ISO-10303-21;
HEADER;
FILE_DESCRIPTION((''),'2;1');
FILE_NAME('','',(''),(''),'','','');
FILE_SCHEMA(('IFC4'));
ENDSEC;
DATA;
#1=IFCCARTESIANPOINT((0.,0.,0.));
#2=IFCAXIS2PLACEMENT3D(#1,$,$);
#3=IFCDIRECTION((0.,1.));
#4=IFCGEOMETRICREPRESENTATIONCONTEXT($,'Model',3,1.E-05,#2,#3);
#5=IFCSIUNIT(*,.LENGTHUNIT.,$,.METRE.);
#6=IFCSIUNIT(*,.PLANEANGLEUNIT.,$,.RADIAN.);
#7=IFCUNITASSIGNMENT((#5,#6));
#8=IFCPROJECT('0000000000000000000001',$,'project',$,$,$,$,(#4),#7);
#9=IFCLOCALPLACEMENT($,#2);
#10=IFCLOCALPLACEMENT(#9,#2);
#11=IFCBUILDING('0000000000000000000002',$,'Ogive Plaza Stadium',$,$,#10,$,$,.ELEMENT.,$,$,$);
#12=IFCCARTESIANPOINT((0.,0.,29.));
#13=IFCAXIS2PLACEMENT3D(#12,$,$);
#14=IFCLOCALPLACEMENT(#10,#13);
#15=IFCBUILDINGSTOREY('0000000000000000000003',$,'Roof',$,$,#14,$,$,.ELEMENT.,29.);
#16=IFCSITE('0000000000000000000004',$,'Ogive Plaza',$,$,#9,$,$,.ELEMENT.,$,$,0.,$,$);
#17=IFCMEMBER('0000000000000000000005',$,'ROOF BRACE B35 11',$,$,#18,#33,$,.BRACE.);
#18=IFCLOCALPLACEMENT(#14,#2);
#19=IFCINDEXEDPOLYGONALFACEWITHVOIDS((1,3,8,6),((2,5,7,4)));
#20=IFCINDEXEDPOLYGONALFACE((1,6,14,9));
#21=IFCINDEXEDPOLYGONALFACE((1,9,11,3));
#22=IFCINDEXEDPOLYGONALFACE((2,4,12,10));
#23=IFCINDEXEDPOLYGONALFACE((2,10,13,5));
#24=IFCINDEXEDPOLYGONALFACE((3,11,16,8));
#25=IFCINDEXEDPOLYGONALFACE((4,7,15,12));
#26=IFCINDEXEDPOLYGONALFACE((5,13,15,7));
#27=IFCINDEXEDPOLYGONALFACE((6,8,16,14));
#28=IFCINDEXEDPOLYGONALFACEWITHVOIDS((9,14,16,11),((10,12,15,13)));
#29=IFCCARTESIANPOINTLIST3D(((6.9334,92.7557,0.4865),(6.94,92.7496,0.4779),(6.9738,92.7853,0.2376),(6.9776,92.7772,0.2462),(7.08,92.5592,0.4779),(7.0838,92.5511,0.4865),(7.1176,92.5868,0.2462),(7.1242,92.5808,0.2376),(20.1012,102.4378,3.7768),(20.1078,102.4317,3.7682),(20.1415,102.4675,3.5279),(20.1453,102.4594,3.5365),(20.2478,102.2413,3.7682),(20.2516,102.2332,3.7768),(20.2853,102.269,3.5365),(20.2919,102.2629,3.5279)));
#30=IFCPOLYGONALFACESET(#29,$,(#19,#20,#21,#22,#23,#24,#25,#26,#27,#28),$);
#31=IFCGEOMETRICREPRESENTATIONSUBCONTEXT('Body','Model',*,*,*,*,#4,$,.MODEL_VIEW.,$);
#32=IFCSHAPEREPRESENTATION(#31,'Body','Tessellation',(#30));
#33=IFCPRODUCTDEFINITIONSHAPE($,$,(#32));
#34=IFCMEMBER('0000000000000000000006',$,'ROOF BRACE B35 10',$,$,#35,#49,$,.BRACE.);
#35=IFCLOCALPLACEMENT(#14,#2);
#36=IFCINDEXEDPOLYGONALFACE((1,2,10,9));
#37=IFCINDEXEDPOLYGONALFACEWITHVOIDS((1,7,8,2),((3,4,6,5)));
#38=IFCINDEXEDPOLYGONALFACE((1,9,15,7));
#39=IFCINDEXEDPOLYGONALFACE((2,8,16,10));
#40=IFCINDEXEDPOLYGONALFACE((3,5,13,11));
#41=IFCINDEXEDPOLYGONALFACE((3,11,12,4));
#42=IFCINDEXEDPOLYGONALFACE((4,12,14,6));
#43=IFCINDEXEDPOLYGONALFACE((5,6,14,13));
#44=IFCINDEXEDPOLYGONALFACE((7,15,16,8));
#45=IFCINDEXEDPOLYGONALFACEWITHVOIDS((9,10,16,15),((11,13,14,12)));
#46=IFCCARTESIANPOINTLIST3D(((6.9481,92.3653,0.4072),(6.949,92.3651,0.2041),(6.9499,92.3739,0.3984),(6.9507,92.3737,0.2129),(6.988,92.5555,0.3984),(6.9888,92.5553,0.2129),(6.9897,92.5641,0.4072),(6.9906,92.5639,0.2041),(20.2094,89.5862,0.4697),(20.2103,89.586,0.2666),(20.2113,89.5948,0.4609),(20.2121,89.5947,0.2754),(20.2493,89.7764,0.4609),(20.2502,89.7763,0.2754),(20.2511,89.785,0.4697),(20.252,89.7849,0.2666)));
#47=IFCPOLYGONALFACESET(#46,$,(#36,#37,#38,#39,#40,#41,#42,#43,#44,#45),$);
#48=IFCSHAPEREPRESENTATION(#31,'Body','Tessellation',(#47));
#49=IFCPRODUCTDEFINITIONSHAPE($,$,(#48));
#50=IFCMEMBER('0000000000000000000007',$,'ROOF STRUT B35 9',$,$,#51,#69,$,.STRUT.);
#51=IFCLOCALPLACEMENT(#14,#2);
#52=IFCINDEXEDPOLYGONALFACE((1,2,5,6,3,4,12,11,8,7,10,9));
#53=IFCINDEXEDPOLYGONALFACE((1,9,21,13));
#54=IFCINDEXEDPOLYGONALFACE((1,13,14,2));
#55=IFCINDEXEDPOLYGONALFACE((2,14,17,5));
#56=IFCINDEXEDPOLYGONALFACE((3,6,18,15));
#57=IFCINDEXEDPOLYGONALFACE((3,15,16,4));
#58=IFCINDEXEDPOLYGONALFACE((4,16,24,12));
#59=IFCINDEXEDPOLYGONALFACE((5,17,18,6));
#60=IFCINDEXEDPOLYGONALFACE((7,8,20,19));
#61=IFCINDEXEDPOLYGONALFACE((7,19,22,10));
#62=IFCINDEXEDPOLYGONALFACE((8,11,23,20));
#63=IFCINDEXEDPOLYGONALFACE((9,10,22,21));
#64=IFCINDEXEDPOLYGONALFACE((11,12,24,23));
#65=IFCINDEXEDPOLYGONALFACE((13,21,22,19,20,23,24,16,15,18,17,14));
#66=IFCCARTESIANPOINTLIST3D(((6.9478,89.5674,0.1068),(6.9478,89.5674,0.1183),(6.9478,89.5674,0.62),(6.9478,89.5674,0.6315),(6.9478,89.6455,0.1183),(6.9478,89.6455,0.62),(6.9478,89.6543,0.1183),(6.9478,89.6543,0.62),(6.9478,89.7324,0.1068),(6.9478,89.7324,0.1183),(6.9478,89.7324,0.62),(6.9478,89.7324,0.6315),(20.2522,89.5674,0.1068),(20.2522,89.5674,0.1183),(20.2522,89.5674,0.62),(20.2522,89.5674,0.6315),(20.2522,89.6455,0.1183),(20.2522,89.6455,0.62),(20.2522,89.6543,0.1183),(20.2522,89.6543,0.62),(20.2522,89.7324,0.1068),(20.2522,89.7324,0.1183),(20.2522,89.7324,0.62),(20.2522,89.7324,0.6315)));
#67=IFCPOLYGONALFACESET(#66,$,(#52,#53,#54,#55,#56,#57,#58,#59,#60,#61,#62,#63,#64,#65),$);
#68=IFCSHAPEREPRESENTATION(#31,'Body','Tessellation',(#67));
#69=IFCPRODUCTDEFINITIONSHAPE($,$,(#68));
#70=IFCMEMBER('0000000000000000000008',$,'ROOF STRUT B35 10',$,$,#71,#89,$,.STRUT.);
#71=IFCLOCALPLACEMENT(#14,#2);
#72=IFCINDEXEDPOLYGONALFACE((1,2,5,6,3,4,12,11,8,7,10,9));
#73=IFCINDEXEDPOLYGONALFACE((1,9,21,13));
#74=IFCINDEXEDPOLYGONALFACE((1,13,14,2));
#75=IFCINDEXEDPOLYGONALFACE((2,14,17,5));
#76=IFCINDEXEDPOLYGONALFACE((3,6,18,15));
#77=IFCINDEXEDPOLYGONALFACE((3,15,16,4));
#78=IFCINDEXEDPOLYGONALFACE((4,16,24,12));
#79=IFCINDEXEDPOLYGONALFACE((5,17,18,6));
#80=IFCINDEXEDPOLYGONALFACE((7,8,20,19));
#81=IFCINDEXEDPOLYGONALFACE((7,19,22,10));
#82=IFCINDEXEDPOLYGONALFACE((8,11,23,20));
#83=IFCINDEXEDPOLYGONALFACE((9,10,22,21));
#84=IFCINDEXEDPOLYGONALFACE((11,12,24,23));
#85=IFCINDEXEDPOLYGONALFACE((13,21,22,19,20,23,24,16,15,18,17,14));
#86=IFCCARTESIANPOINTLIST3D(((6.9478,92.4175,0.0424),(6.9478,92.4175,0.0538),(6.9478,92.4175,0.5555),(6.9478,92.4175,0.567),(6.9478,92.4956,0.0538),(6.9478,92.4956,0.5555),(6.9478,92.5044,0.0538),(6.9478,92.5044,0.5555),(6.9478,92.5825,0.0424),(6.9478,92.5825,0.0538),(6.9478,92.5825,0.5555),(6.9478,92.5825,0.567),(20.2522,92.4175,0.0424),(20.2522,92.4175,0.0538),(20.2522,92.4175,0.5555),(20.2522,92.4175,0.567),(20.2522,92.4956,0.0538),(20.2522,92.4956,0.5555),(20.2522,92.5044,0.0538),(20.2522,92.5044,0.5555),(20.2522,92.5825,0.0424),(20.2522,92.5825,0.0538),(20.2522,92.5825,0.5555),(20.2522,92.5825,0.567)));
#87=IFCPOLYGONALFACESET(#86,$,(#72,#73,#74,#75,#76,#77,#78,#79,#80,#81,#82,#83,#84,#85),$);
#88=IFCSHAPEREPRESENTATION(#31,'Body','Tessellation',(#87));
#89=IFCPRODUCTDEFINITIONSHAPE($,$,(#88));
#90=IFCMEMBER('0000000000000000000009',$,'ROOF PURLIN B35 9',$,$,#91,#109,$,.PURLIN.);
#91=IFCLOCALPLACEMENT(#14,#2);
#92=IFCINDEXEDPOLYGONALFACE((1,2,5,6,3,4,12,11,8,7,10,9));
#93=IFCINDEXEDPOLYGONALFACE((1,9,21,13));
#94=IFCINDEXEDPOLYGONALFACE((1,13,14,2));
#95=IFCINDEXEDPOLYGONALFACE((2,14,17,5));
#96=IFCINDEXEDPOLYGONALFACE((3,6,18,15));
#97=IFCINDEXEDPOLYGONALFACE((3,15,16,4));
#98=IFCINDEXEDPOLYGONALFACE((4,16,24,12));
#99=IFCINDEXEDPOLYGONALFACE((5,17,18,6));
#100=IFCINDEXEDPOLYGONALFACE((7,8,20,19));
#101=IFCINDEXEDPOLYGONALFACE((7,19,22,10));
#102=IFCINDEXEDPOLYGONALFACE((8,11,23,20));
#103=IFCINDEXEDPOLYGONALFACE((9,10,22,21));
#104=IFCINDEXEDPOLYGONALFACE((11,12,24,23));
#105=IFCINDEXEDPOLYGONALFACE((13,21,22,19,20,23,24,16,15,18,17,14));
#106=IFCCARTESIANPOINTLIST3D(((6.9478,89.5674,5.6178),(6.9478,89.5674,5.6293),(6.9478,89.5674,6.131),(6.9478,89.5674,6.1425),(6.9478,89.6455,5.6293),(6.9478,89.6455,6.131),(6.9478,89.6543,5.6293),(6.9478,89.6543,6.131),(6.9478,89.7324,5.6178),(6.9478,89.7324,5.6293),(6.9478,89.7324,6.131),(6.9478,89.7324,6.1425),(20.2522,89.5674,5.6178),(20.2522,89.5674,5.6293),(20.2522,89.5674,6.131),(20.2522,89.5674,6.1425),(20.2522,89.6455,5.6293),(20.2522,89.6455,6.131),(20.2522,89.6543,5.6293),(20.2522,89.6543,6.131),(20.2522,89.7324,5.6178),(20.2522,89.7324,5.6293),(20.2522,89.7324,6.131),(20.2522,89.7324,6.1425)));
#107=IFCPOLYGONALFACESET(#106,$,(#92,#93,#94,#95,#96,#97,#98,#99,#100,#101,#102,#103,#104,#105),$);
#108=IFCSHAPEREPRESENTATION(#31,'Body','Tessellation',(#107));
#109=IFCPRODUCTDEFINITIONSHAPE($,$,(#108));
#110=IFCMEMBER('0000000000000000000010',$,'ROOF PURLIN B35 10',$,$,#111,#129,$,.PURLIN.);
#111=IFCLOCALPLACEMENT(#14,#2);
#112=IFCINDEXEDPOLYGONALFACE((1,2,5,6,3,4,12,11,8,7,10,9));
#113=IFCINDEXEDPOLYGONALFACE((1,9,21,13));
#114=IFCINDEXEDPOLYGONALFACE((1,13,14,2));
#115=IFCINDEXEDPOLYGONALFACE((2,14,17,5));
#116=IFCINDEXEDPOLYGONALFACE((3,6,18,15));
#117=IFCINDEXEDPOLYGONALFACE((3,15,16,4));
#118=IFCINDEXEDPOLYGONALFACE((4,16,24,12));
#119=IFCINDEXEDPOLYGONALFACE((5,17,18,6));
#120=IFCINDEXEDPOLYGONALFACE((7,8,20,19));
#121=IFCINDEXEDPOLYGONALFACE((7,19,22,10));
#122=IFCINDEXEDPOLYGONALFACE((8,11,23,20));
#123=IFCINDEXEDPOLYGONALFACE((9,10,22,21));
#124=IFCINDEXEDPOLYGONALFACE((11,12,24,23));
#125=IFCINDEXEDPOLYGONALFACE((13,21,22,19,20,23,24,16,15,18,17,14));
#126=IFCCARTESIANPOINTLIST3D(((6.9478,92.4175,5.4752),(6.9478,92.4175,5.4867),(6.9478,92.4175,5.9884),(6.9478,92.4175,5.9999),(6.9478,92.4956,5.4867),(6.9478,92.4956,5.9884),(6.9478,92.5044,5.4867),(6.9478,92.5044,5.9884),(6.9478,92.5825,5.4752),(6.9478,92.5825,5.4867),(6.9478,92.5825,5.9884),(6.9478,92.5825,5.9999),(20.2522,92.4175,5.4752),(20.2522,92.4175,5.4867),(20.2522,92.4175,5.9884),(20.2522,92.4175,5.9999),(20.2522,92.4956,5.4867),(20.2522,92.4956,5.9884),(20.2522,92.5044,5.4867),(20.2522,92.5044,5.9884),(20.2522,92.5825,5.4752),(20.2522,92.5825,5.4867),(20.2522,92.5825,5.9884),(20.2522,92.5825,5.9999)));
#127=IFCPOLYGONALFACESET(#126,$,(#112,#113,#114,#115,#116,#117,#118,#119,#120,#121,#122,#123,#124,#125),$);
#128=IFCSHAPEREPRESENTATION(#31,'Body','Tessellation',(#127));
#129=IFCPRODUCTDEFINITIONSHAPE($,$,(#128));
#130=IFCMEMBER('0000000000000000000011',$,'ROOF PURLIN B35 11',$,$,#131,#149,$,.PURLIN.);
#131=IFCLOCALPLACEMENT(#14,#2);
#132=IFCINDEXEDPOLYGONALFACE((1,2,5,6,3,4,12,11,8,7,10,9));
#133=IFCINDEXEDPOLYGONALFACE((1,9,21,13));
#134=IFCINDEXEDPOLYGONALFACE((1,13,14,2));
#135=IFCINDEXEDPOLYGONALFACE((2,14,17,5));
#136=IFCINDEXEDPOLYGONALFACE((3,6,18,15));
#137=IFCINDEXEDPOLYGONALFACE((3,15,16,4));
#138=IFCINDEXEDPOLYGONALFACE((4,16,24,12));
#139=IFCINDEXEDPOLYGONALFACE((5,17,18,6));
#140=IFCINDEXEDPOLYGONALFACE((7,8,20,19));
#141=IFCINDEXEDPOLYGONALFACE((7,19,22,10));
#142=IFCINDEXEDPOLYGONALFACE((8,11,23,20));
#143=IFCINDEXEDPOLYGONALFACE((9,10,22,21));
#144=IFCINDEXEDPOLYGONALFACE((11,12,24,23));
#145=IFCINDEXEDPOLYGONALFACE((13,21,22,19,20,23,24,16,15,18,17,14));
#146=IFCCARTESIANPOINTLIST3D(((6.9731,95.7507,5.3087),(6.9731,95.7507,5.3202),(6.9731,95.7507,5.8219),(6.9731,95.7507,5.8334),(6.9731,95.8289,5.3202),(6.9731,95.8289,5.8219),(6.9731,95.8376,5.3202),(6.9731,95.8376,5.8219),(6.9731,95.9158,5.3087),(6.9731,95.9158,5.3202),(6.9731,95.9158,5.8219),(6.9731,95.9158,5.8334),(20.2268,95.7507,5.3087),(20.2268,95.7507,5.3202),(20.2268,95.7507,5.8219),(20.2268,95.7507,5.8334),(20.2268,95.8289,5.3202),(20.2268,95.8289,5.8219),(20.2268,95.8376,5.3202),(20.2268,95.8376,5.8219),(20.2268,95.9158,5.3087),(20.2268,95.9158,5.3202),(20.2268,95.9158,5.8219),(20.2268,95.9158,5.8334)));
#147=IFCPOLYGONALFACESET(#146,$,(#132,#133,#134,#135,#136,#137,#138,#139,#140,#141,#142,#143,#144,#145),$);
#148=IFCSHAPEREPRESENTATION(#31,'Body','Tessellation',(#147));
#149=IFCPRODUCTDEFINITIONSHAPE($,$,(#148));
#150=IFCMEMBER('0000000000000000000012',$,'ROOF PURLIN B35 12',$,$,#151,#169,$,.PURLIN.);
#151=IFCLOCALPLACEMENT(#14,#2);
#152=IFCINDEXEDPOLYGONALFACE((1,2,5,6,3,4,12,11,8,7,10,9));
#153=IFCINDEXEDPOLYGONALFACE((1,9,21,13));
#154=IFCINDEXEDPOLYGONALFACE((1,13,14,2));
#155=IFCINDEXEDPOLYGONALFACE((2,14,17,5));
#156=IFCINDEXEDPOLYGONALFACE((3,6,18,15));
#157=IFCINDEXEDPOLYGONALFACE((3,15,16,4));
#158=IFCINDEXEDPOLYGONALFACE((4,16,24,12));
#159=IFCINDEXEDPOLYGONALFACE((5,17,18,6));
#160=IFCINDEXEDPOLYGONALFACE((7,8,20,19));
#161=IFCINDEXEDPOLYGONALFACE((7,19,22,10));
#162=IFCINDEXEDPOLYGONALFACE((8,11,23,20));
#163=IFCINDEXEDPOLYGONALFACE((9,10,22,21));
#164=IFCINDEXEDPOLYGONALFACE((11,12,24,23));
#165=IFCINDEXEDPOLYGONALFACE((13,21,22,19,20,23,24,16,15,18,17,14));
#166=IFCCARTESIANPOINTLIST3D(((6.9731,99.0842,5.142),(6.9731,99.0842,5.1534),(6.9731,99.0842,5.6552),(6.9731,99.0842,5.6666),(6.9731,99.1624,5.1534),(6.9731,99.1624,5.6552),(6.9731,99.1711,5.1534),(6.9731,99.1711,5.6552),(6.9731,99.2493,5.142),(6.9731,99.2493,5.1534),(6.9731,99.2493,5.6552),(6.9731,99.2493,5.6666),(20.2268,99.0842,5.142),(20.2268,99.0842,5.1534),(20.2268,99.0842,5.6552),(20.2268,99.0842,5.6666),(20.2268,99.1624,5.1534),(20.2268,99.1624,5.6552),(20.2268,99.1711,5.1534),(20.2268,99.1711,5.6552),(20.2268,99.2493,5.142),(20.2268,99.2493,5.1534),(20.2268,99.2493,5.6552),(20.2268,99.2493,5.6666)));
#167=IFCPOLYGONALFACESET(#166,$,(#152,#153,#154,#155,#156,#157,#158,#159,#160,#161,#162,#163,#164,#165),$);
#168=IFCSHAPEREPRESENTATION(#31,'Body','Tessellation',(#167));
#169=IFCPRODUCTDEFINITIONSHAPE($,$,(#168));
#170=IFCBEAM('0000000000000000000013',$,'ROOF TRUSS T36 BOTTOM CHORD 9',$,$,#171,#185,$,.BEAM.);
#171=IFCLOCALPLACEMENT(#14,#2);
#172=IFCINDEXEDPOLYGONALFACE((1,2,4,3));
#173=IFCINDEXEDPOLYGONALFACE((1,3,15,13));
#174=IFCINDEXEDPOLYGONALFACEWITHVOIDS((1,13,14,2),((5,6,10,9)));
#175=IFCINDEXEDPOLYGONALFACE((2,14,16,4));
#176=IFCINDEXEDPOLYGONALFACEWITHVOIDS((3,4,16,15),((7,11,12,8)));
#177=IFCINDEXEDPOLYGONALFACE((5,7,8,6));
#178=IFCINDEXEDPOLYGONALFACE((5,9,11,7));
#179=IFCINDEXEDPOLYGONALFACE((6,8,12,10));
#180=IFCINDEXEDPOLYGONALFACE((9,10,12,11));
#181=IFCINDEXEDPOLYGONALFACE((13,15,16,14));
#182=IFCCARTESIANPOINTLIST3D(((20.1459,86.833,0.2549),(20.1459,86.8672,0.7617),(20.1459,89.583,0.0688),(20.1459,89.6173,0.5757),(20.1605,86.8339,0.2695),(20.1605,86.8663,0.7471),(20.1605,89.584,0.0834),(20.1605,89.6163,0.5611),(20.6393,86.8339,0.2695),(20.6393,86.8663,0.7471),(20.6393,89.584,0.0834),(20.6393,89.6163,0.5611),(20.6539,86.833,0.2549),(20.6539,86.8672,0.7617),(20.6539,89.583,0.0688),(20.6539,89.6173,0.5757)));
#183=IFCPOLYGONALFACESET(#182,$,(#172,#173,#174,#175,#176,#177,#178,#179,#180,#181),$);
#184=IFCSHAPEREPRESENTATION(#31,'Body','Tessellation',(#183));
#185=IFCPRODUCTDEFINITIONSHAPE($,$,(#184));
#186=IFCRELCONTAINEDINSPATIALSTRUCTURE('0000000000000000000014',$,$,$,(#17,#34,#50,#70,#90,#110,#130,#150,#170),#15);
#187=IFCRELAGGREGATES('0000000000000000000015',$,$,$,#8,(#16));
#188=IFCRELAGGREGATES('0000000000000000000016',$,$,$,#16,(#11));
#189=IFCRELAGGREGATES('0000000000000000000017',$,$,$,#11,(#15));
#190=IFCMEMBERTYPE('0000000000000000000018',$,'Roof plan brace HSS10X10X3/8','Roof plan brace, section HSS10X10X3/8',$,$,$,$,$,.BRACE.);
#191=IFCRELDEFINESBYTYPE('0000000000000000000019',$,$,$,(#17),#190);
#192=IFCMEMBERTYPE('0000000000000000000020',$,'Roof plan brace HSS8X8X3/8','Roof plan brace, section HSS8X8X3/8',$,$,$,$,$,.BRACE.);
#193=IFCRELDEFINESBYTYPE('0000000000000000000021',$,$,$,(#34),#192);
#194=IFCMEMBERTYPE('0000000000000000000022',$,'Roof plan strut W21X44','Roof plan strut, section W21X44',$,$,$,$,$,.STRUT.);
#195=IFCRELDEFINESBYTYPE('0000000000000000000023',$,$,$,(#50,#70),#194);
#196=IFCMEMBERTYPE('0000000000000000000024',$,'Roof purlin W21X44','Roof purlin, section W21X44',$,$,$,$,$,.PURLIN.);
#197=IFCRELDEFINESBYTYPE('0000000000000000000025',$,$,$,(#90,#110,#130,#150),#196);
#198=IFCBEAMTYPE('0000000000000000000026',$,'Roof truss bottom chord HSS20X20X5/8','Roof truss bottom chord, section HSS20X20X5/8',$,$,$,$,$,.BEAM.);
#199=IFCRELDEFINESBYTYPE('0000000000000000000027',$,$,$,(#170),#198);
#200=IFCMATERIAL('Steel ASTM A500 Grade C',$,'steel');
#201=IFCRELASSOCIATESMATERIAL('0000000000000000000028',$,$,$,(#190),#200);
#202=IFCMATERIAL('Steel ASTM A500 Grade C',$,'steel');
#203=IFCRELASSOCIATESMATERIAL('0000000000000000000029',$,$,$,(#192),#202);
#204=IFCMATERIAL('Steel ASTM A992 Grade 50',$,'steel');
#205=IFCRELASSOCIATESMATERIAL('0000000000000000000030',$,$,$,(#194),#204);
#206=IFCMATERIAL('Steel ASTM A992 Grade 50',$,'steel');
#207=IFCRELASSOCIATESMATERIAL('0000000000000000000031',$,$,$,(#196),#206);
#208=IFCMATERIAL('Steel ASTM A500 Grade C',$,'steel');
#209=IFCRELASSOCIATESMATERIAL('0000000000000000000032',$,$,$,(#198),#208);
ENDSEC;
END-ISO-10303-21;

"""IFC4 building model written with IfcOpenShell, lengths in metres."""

from ifc_helpers import new_model, si_unit, direction, frame, origin, origin_2d, place, context, subcontext, project, spatial, hollow_rectangle, i_section, extrude, material, material_profile, profile_set, type_object, element, save


model = new_model("IFC4")

# Units and contexts
model_context = context("Model", 3, precision=1e-05, world=origin(), true_north=direction((0.0, 1.0)))
body_context = subcontext(model_context, "Body", "Model", "MODEL_VIEW")
ifc_project = project(units=[si_unit("LENGTHUNIT", "METRE"), si_unit("PLANEANGLEUNIT", "RADIAN")], contexts=[model_context])

# Site, building, storey
site_placement = place(None, origin())
site = spatial("IfcSite", under=ifc_project, at=site_placement, Name="Ogive Plaza", CompositionType="ELEMENT", RefElevation=0.0)
building_placement = place(site_placement, origin())
building = spatial("IfcBuilding", under=site, at=building_placement, Name="Ogive Plaza Stadium", CompositionType="ELEMENT")
storey_placement = place(building_placement, frame((0.0, 0.0, 29.0)))
storey = spatial("IfcBuildingStorey", under=building, at=storey_placement, Name="Roof", CompositionType="ELEMENT", Elevation=29.0)

# Members
ifc_material_1 = material(Name="Steel ASTM A500 Grade C", Category="steel")
ifc_material_profile_1 = material_profile(ifc_material_1, hollow_rectangle(XDim=0.2539, YDim=0.2539, WallThickness=0.0088, at=origin_2d()), Name="HSS10X10X3/8")
ifc_profile_set_1 = profile_set([ifc_material_profile_1], Name="Steel ASTM A500 Grade C")
member_type_1 = type_object("IfcMemberType", Name="Roof plan brace HSS10X10X3/8", Description="Roof plan brace, section HSS10X10X3/8", PredefinedType="BRACE", material=ifc_profile_set_1)
member_1_placement = place(storey_placement, frame((7.0288, 92.6682, 0.3621), z_axis=(0.789807, 0.580739, 0.197353), x_axis=(-0.59239, 0.805652, 0.0)))
element("IfcMember", 1, at=member_1_placement, inside=storey, type_object=member_type_1, Name="ROOF BRACE B35 11", PredefinedType="BRACE", context=body_context, shape_type="SweptSolid", body=[
    extrude(hollow_rectangle(XDim=0.2539, YDim=0.2539, WallThickness=0.0088, at=origin_2d()), origin(), (0.0, 0.0, 1.0), 16.6721),
])
ifc_material_2 = material(Name="Steel ASTM A500 Grade C", Category="steel")
ifc_material_profile_2 = material_profile(ifc_material_2, hollow_rectangle(XDim=0.2031, YDim=0.2031, WallThickness=0.0088, at=origin_2d()), Name="HSS8X8X3/8")
ifc_profile_set_2 = profile_set([ifc_material_profile_2], Name="Steel ASTM A500 Grade C")
member_type_2 = type_object("IfcMemberType", Name="Roof plan brace HSS8X8X3/8", Description="Roof plan brace, section HSS8X8X3/8", PredefinedType="BRACE", material=ifc_profile_set_2)
member_2_placement = place(storey_placement, frame((20.2307, 89.6855, 0.3682), z_axis=(-0.97873, 0.205101, -0.004613), x_axis=(-0.205103, -0.97874, 0.0)))
element("IfcMember", 2, at=member_2_placement, inside=storey, type_object=member_type_2, Name="ROOF BRACE B35 10", PredefinedType="BRACE", context=body_context, shape_type="SweptSolid", body=[
    extrude(hollow_rectangle(XDim=0.2031, YDim=0.2031, WallThickness=0.0088, at=origin_2d()), origin(), (0.0, 0.0, 1.0), 13.5496),
])
ifc_material_3 = material(Name="Steel ASTM A992 Grade 50", Category="steel")
ifc_material_profile_3 = material_profile(ifc_material_3, i_section(OverallWidth=0.165, OverallDepth=0.5247, WebThickness=0.0088, FlangeThickness=0.0115, at=origin_2d()), Name="W21X44")
ifc_profile_set_3 = profile_set([ifc_material_profile_3], Name="Steel ASTM A992 Grade 50")
member_type_3 = type_object("IfcMemberType", Name="Roof plan strut W21X44", Description="Roof plan strut, section W21X44", PredefinedType="STRUT", material=ifc_profile_set_3)
for number, where, z_axis, x_axis, name in (
    (3, (6.9478, 89.6499, 0.3691), (1.0, 0.0, 0.0), (0.0, 1.0, 0.0), "ROOF STRUT B35 9"),
    (4, (6.9478, 92.5, 0.3047), (1.0, 0.0, 0.0), (0.0, 1.0, 0.0), "ROOF STRUT B35 10"),
):
    element("IfcMember", number, at=place(storey_placement, frame(where, z_axis=z_axis, x_axis=x_axis)), inside=storey, type_object=member_type_3, Name=name, PredefinedType="STRUT", context=body_context, shape_type="SweptSolid", body=[
        extrude(i_section(OverallWidth=0.165, OverallDepth=0.5247, WebThickness=0.0088, FlangeThickness=0.0115, at=origin_2d()), origin(), (0.0, 0.0, 1.0), 13.3044),
    ])
ifc_material_4 = material(Name="Steel ASTM A992 Grade 50", Category="steel")
ifc_material_profile_4 = material_profile(ifc_material_4, i_section(OverallWidth=0.165, OverallDepth=0.5247, WebThickness=0.0088, FlangeThickness=0.0115, at=origin_2d()), Name="W21X44")
ifc_profile_set_4 = profile_set([ifc_material_profile_4], Name="Steel ASTM A992 Grade 50")
member_type_4 = type_object("IfcMemberType", Name="Roof purlin W21X44", Description="Roof purlin, section W21X44", PredefinedType="PURLIN", material=ifc_profile_set_4)
for number, where, z_axis, x_axis, name in (
    (5, (6.9478, 89.6499, 5.8801), (1.0, 0.0, 0.0), (0.0, 1.0, 0.0), "ROOF PURLIN B35 9"),
    (6, (6.9478, 92.5, 5.7375), (1.0, 0.0, 0.0), (0.0, 1.0, 0.0), "ROOF PURLIN B35 10"),
):
    element("IfcMember", number, at=place(storey_placement, frame(where, z_axis=z_axis, x_axis=x_axis)), inside=storey, type_object=member_type_4, Name=name, PredefinedType="PURLIN", context=body_context, shape_type="SweptSolid", body=[
        extrude(i_section(OverallWidth=0.165, OverallDepth=0.5247, WebThickness=0.0088, FlangeThickness=0.0115, at=origin_2d()), origin(), (0.0, 0.0, 1.0), 13.3044),
    ])
for number, where, z_axis, x_axis, name in (
    (7, (6.9731, 95.8333, 5.571), (1.0, 0.0, 0.0), (0.0, 1.0, 0.0), "ROOF PURLIN B35 11"),
    (8, (6.9731, 99.1667, 5.4043), (1.0, 0.0, 0.0), (0.0, 1.0, 0.0), "ROOF PURLIN B35 12"),
):
    element("IfcMember", number, at=place(storey_placement, frame(where, z_axis=z_axis, x_axis=x_axis)), inside=storey, type_object=member_type_4, Name=name, PredefinedType="PURLIN", context=body_context, shape_type="SweptSolid", body=[
        extrude(i_section(OverallWidth=0.165, OverallDepth=0.5247, WebThickness=0.0088, FlangeThickness=0.0115, at=origin_2d()), origin(), (0.0, 0.0, 1.0), 13.2537),
    ])

# Beam
ifc_material_5 = material(Name="Steel ASTM A500 Grade C", Category="steel")
ifc_material_profile_5 = material_profile(ifc_material_5, hollow_rectangle(XDim=0.5081, YDim=0.5081, WallThickness=0.0146, at=origin_2d()), Name="HSS20X20X5/8")
ifc_profile_set_5 = profile_set([ifc_material_profile_5], Name="Steel ASTM A500 Grade C")
beam_type_1 = type_object("IfcBeamType", Name="Roof truss bottom chord HSS20X20X5/8", Description="Roof truss bottom chord, section HSS20X20X5/8", PredefinedType="BEAM", material=ifc_profile_set_5)
beam_1_placement = place(storey_placement, frame((20.3999, 86.8501, 0.5083), z_axis=(0.0, 0.99772, -0.067495), x_axis=(-1.0, 0.0, 0.0)))
element("IfcBeam", 9, at=beam_1_placement, inside=storey, type_object=beam_type_1, Name="ROOF TRUSS T36 BOTTOM CHORD 9", PredefinedType="BEAM", context=body_context, shape_type="SweptSolid", body=[
    extrude(hollow_rectangle(XDim=0.5081, YDim=0.5081, WallThickness=0.0146, at=origin_2d()), origin(), (0.0, 0.0, 1.0), 2.7563),
])

save(model, "model.ifc")
